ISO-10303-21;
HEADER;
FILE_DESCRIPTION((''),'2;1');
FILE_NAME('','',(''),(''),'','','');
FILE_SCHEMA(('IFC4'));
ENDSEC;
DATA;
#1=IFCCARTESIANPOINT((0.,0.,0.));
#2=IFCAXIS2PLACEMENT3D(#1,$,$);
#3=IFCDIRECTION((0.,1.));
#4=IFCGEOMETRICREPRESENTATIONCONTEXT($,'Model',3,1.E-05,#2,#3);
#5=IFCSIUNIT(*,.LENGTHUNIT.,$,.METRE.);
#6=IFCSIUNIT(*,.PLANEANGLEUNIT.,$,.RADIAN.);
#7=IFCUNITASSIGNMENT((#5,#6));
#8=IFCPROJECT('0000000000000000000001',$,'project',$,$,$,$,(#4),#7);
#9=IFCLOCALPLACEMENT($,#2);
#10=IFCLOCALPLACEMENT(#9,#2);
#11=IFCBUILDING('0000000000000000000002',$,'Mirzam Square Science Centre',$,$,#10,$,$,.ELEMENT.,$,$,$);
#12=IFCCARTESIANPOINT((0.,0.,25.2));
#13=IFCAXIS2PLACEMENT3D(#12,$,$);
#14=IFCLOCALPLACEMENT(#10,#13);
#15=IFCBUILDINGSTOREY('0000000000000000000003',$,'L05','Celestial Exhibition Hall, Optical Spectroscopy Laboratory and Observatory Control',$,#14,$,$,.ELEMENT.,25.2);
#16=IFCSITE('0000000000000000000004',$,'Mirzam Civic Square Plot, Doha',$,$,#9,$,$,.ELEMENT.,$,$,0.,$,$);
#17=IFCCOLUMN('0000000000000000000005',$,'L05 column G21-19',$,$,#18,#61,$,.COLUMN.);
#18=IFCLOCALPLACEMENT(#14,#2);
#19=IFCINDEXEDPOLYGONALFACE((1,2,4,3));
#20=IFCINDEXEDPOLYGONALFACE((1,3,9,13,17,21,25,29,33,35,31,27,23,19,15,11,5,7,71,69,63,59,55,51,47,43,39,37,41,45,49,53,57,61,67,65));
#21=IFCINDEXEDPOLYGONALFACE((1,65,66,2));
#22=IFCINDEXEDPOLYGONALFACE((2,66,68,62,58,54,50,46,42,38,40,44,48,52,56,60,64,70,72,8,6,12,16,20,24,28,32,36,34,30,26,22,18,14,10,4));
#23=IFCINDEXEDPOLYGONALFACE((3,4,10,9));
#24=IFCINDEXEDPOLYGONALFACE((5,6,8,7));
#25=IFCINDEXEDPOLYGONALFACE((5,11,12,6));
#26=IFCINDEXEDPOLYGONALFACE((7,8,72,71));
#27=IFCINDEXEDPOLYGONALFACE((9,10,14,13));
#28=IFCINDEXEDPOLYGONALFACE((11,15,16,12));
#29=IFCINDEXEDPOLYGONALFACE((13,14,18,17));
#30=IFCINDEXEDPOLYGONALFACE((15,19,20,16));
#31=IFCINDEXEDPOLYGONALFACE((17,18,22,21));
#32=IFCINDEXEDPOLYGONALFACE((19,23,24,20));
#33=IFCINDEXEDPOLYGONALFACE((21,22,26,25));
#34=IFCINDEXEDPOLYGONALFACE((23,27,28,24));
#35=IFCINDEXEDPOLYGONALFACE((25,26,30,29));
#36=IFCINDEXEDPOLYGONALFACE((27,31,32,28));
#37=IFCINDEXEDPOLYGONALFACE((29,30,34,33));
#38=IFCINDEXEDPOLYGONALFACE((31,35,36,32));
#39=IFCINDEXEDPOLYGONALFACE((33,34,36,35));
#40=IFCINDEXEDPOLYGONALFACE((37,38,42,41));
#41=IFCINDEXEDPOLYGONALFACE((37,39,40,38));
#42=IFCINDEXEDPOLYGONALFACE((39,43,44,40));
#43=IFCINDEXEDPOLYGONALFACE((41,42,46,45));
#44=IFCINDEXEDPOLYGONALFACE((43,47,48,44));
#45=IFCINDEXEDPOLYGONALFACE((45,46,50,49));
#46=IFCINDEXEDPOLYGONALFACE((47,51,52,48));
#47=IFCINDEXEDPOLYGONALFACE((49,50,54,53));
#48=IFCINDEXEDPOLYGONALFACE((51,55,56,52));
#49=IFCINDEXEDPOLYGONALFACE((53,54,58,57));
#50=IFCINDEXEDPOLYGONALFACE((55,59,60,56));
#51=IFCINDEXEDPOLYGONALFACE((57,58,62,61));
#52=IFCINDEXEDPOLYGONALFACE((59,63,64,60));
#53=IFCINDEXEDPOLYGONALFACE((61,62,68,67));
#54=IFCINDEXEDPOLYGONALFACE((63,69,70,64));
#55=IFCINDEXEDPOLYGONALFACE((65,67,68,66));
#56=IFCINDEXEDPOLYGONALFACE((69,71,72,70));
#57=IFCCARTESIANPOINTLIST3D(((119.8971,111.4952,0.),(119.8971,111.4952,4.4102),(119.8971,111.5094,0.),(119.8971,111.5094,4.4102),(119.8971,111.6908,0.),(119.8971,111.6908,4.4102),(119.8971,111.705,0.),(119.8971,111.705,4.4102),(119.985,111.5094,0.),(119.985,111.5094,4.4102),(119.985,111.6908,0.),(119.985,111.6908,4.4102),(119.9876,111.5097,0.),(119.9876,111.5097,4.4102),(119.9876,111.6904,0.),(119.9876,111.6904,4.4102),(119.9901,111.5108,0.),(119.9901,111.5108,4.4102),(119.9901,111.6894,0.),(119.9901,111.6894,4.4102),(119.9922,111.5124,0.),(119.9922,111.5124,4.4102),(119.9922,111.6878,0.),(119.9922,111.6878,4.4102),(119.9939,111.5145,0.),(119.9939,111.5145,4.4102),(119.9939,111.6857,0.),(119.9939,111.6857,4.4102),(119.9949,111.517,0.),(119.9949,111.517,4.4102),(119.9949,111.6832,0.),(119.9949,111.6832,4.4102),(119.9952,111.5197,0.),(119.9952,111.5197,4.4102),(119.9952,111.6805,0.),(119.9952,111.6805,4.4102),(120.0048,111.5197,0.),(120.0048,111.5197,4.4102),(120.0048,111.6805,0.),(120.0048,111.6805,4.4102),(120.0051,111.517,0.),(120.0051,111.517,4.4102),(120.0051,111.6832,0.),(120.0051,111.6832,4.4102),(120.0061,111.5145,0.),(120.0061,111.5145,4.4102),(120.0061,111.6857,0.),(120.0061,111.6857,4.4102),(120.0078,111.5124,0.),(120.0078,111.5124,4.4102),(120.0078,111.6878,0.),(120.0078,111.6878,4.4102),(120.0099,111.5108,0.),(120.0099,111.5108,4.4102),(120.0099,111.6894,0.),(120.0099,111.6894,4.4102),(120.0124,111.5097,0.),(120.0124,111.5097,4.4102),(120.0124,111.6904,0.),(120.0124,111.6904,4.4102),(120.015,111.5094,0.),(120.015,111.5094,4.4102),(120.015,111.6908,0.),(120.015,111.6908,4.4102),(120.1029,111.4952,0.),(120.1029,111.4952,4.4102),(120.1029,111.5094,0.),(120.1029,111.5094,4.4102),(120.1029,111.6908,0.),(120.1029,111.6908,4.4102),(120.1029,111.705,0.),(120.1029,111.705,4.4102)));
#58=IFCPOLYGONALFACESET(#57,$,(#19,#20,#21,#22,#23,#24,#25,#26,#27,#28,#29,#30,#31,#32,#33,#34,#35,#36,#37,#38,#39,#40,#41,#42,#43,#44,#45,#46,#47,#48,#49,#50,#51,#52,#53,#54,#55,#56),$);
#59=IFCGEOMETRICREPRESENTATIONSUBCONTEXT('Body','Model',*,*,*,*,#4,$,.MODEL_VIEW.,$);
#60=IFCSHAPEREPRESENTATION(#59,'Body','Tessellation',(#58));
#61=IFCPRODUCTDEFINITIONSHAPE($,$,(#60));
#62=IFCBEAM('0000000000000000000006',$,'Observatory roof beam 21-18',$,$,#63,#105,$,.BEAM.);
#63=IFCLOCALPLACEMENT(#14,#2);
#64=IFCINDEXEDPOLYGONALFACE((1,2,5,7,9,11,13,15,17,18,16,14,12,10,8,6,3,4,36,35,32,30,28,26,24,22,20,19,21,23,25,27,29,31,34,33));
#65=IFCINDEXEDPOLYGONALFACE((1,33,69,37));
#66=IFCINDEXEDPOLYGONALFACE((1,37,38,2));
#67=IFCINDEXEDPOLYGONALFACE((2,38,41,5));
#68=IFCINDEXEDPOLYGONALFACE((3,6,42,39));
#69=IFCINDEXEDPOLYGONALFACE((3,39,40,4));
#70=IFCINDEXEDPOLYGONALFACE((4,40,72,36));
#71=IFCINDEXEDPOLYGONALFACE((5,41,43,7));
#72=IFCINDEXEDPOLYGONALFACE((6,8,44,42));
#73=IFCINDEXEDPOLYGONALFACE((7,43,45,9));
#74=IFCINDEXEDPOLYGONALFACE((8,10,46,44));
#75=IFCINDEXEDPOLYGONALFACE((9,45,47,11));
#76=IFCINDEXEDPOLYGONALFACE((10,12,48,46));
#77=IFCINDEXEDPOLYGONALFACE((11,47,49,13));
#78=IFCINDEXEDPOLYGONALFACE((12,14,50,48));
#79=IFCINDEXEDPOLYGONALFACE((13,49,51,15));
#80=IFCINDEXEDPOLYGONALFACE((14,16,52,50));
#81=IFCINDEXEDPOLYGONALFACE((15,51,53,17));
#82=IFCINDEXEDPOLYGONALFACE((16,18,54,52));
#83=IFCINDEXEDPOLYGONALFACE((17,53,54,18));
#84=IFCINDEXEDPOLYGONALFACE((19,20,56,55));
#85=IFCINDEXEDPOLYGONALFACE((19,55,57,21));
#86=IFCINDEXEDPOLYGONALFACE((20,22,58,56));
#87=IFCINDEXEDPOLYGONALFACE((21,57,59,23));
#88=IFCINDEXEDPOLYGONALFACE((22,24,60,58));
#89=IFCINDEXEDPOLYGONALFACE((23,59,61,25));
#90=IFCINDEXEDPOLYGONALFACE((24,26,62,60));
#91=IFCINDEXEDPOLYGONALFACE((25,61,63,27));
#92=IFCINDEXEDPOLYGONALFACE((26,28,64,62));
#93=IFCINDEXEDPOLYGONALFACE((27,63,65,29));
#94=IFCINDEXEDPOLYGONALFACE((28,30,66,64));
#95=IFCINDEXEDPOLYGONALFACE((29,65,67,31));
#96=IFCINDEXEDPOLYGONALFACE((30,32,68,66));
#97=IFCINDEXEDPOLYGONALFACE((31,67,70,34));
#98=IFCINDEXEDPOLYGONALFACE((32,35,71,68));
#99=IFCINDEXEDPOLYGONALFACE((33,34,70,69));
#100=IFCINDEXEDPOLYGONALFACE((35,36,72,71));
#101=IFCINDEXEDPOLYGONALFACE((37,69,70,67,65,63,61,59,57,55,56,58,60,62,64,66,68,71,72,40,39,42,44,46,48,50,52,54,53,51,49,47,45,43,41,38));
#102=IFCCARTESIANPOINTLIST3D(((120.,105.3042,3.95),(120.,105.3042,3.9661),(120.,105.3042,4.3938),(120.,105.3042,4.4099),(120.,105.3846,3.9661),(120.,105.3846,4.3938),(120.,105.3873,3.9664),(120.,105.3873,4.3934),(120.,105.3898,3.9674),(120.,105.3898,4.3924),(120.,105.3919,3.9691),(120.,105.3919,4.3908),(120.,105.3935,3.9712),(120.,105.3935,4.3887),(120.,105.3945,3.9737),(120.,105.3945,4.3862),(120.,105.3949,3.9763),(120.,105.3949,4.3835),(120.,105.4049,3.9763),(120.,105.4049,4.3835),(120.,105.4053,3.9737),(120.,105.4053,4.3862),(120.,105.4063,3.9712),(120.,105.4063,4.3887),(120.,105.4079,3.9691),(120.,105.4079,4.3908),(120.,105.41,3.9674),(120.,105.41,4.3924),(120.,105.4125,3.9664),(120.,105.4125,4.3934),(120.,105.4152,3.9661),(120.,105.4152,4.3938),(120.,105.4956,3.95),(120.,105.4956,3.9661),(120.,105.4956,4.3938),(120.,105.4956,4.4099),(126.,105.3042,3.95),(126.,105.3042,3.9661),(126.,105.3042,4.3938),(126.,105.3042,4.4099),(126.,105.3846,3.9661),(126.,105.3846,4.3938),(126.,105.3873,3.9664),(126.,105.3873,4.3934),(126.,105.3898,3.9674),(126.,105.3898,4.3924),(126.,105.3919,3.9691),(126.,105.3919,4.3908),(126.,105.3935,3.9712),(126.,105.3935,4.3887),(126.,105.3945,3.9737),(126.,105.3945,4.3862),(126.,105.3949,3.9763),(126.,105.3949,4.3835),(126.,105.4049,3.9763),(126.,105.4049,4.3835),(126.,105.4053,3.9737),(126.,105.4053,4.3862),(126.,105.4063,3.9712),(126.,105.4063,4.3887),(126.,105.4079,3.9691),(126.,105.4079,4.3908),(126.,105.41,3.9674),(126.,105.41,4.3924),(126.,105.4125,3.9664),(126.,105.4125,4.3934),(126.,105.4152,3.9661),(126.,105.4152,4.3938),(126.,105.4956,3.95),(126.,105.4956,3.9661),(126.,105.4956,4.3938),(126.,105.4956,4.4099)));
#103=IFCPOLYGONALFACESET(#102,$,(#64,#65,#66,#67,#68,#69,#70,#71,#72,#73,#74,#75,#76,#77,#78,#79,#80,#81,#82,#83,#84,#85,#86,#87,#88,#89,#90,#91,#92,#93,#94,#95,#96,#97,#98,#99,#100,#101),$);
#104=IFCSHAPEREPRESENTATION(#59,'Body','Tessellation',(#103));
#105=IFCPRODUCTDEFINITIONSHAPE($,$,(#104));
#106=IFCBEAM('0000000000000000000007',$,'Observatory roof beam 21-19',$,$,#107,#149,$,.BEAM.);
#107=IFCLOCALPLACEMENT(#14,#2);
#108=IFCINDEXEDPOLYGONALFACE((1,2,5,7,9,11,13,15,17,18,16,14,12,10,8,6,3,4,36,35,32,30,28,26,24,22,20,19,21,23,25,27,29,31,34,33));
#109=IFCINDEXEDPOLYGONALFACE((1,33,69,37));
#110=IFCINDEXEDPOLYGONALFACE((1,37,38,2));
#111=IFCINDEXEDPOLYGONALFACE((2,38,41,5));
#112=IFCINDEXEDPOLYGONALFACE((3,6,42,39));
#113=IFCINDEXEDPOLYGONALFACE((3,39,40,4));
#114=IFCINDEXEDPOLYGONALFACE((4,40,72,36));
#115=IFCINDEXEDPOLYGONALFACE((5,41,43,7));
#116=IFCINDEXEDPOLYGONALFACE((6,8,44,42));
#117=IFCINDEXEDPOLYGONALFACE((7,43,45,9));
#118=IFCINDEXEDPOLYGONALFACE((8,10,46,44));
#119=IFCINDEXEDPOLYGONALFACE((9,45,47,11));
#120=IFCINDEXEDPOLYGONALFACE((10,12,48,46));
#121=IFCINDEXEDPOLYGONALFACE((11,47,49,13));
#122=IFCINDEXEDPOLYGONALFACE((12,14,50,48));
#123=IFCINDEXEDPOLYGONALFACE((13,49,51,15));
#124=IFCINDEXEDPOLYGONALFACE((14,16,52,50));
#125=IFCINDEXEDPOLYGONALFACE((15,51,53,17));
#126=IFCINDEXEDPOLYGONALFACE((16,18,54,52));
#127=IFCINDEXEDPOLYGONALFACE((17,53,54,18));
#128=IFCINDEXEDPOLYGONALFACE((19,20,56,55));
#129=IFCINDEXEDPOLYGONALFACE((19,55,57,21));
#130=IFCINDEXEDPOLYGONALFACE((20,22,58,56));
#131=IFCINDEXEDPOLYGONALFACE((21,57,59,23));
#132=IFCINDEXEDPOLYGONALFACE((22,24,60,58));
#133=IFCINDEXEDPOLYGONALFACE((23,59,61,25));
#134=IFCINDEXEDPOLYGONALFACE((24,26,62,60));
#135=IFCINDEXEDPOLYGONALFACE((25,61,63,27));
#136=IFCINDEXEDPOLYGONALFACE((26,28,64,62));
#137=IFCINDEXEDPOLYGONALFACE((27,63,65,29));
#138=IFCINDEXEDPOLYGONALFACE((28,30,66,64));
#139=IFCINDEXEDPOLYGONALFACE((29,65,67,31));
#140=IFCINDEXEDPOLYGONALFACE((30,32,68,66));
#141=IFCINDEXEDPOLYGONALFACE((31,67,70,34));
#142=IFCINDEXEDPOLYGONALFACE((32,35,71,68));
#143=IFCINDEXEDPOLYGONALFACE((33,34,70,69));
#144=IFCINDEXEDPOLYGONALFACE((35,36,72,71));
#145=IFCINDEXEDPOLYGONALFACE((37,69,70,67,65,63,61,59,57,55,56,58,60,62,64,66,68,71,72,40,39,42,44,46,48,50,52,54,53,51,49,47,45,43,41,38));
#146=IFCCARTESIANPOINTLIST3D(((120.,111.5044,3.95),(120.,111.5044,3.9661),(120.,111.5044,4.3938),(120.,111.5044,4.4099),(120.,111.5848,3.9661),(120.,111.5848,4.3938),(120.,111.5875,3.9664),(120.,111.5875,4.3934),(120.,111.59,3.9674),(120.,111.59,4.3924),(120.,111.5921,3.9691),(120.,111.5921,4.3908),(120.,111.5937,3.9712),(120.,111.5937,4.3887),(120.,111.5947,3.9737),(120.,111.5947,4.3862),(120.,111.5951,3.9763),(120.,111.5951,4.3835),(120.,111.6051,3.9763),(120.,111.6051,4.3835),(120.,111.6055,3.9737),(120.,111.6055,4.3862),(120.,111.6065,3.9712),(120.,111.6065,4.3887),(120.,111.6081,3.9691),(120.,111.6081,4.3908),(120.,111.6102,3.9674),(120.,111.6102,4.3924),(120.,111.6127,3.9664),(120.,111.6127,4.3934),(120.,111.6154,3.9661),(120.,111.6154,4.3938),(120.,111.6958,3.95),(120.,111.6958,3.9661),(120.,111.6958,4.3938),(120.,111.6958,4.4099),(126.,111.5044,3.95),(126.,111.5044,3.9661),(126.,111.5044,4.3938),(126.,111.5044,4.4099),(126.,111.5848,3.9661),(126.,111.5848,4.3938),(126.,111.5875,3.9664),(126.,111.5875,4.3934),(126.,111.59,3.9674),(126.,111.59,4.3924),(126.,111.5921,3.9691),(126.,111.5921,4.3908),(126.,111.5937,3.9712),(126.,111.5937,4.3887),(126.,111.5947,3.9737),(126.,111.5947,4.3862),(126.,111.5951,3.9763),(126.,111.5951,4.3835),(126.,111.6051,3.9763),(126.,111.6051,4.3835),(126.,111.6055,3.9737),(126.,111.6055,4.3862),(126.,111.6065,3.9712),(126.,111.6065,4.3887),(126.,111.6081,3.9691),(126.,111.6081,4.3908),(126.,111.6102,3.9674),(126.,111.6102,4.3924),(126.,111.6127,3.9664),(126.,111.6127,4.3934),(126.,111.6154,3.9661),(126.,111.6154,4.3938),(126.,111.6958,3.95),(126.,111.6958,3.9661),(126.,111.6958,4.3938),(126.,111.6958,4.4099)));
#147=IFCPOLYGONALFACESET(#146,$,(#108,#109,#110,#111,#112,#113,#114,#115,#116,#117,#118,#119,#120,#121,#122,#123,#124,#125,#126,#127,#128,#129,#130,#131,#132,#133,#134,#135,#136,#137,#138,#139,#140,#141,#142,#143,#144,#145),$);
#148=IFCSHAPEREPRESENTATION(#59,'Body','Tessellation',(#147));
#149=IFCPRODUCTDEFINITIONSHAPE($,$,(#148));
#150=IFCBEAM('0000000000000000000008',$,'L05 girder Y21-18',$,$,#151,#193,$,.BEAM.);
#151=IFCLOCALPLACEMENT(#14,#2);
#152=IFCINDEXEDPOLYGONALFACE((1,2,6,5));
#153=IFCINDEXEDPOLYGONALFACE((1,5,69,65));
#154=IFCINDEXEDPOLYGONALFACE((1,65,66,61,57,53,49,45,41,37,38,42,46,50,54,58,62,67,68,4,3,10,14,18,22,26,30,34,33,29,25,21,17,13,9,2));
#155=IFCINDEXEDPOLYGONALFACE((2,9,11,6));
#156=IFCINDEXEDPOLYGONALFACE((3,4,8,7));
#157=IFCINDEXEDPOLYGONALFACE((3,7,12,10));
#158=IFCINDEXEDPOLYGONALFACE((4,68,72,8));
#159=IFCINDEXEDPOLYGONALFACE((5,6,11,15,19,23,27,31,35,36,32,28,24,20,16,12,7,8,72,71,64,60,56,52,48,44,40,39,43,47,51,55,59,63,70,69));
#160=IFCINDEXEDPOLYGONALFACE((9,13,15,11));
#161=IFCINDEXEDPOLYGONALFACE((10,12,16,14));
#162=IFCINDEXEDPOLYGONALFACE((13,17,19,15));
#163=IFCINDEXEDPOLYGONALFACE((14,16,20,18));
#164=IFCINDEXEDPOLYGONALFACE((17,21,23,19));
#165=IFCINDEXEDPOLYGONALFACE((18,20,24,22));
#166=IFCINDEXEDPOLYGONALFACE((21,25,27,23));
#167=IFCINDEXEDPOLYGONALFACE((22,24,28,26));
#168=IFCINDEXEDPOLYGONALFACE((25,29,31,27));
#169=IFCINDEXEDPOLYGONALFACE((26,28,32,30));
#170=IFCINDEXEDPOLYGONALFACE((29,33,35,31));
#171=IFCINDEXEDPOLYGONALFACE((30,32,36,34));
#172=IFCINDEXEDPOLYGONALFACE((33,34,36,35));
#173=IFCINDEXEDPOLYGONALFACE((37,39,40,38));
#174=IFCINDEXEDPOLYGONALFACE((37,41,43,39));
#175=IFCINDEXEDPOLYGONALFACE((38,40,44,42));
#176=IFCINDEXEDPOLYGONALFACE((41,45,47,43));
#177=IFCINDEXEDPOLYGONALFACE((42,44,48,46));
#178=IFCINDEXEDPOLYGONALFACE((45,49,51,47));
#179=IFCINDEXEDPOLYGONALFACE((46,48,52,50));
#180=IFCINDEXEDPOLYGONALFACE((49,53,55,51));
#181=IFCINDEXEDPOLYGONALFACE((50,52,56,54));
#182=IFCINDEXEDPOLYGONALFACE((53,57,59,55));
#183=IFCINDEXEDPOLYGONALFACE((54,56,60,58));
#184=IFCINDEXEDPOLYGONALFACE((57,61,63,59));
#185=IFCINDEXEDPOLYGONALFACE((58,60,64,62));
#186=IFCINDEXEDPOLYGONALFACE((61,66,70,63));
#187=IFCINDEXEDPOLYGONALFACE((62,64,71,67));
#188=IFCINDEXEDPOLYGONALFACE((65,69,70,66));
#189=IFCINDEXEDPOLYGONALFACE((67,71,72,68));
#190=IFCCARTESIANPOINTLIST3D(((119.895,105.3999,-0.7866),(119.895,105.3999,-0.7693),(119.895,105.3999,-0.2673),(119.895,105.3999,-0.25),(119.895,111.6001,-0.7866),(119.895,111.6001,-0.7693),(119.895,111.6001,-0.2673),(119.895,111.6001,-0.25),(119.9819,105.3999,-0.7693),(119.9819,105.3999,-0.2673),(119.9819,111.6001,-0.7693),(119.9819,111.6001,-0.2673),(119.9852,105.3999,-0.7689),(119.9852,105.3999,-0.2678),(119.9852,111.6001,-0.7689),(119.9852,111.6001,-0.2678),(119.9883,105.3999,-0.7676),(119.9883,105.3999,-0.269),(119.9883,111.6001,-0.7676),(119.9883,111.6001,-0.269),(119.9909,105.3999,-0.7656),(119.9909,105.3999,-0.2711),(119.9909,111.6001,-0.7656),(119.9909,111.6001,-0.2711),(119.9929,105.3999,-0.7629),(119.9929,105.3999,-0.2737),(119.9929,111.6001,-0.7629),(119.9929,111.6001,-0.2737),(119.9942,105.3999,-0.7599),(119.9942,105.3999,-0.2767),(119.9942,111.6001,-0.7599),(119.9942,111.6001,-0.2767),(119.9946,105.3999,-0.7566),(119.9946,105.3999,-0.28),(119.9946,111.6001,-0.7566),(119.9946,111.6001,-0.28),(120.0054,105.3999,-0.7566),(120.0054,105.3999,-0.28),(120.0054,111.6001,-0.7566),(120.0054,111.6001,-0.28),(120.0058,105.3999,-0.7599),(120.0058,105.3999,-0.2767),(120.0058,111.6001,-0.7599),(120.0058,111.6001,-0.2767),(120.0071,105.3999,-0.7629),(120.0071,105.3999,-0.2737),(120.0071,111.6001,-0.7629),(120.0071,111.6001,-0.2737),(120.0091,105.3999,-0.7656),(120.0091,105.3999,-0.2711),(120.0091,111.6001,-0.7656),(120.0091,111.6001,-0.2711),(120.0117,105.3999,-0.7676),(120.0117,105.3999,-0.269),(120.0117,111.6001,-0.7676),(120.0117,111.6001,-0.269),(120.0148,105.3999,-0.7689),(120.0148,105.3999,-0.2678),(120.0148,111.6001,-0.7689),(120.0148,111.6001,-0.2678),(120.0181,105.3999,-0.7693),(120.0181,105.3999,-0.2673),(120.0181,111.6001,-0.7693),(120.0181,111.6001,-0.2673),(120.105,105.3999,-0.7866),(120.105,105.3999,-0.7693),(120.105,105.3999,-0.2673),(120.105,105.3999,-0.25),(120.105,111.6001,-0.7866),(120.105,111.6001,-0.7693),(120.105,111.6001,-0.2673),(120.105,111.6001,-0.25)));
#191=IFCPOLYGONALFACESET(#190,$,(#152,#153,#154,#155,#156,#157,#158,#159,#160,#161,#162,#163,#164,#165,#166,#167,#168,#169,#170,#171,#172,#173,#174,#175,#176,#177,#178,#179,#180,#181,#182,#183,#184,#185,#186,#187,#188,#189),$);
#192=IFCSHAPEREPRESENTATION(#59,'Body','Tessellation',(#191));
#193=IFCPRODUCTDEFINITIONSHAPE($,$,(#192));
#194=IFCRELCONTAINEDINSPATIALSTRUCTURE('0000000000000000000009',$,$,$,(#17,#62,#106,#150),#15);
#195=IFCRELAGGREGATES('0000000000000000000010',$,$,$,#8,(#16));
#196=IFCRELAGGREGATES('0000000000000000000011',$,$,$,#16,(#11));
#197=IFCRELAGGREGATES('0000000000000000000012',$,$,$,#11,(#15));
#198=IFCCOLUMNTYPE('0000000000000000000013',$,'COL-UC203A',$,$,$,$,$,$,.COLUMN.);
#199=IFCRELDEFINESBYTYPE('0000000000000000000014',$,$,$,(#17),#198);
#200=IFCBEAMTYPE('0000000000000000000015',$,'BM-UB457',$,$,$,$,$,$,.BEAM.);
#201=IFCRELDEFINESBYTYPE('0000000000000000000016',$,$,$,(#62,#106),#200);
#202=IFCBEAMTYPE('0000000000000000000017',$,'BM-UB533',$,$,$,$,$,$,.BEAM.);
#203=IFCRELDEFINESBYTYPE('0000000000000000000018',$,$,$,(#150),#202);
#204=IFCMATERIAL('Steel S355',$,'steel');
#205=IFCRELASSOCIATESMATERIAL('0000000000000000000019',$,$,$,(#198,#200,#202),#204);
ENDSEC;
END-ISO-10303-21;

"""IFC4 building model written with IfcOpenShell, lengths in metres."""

from ifc_helpers import new_model, si_unit, direction, frame, origin, origin_2d, place, context, subcontext, project, spatial, i_section, extrude, material, material_profile, profile_set, type_object, element, save


model = new_model("IFC4")

# Units and contexts
model_context = context("Model", 3, precision=1e-05, world=origin(), true_north=direction((0.0, 1.0)))
body_context = subcontext(model_context, "Body", "Model", "MODEL_VIEW")
ifc_project = project(units=[si_unit("LENGTHUNIT", "METRE"), si_unit("PLANEANGLEUNIT", "RADIAN")], contexts=[model_context])

# Site, building, storey
site_placement = place(None, origin())
site = spatial("IfcSite", under=ifc_project, at=site_placement, Name="Mirzam Civic Square Plot, Doha", CompositionType="ELEMENT", RefElevation=0.0)
building_placement = place(site_placement, origin())
building = spatial("IfcBuilding", under=site, at=building_placement, Name="Mirzam Square Science Centre", CompositionType="ELEMENT")
storey_placement = place(building_placement, frame((0.0, 0.0, 25.2)))
storey = spatial("IfcBuildingStorey", under=building, at=storey_placement, Name="L05", Description="Celestial Exhibition Hall, Optical Spectroscopy Laboratory and Observatory Control", CompositionType="ELEMENT", Elevation=25.2)

# Column
ifc_material_1 = material(Name="Steel S355", Category="steel")
ifc_material_profile_1 = material_profile(ifc_material_1, i_section(OverallWidth=0.2058, OverallDepth=0.2097, WebThickness=0.0095, FlangeThickness=0.0142, FilletRadius=0.0103, at=origin_2d()), Name="203x203x60UC")
ifc_profile_set_1 = profile_set([ifc_material_profile_1], Name="Steel S355")
column_type = type_object("IfcColumnType", Name="COL-UC203A", PredefinedType="COLUMN", material=ifc_profile_set_1)
column_placement = place(storey_placement, frame((120.0, 111.6001, 0.0), z_axis=(0.0, 0.0, 1.0), x_axis=(1.0, 0.0, 0.0)))
element("IfcColumn", 1, at=column_placement, inside=storey, type_object=column_type, Name="L05 column G21-19", PredefinedType="COLUMN", context=body_context, shape_type="SweptSolid", body=[
    extrude(i_section(OverallWidth=0.2058, OverallDepth=0.2097, WebThickness=0.0095, FlangeThickness=0.0142, FilletRadius=0.0103, at=origin_2d()), origin(), (0.0, 0.0, 1.0), 4.4102),
])

# Beams
ifc_material_profile_2 = material_profile(ifc_material_1, i_section(OverallWidth=0.1914, OverallDepth=0.46, WebThickness=0.01, FlangeThickness=0.0161, FilletRadius=0.0103, at=origin_2d()), Name="457x191x82UB")
ifc_profile_set_2 = profile_set([ifc_material_profile_2], Name="Steel S355")
beam_type_1 = type_object("IfcBeamType", Name="BM-UB457", PredefinedType="BEAM", material=ifc_profile_set_2)
for number, where, z_axis, x_axis, name in (
    (2, (120.0, 105.3999, 4.1799), (1.0, 0.0, 0.0), (0.0, 1.0, 0.0), "Observatory roof beam 21-18"),
    (3, (120.0, 111.6001, 4.1799), (1.0, 0.0, 0.0), (0.0, 1.0, 0.0), "Observatory roof beam 21-19"),
):
    element("IfcBeam", number, at=place(storey_placement, frame(where, z_axis=z_axis, x_axis=x_axis)), inside=storey, type_object=beam_type_1, Name=name, PredefinedType="BEAM", context=body_context, shape_type="SweptSolid", body=[
        extrude(i_section(OverallWidth=0.1914, OverallDepth=0.46, WebThickness=0.01, FlangeThickness=0.0161, FilletRadius=0.0103, at=origin_2d()), origin(), (0.0, 0.0, 1.0), 6.0),
    ])
ifc_material_profile_3 = material_profile(ifc_material_1, i_section(OverallWidth=0.21, OverallDepth=0.5366, WebThickness=0.0107, FlangeThickness=0.0173, FilletRadius=0.0127, at=origin_2d()), Name="533x210x101UB")
ifc_profile_set_3 = profile_set([ifc_material_profile_3], Name="Steel S355")
beam_type_2 = type_object("IfcBeamType", Name="BM-UB533", PredefinedType="BEAM", material=ifc_profile_set_3)
beam_1_placement = place(storey_placement, frame((120.0, 105.3999, -0.5183), z_axis=(0.0, 1.0, 0.0), x_axis=(-1.0, 0.0, 0.0)))
element("IfcBeam", 4, at=beam_1_placement, inside=storey, type_object=beam_type_2, Name="L05 girder Y21-18", PredefinedType="BEAM", context=body_context, shape_type="SweptSolid", body=[
    extrude(i_section(OverallWidth=0.21, OverallDepth=0.5366, WebThickness=0.0107, FlangeThickness=0.0173, FilletRadius=0.0127, at=origin_2d()), origin(), (0.0, 0.0, 1.0), 6.2002),
])

save(model, "model.ifc")
